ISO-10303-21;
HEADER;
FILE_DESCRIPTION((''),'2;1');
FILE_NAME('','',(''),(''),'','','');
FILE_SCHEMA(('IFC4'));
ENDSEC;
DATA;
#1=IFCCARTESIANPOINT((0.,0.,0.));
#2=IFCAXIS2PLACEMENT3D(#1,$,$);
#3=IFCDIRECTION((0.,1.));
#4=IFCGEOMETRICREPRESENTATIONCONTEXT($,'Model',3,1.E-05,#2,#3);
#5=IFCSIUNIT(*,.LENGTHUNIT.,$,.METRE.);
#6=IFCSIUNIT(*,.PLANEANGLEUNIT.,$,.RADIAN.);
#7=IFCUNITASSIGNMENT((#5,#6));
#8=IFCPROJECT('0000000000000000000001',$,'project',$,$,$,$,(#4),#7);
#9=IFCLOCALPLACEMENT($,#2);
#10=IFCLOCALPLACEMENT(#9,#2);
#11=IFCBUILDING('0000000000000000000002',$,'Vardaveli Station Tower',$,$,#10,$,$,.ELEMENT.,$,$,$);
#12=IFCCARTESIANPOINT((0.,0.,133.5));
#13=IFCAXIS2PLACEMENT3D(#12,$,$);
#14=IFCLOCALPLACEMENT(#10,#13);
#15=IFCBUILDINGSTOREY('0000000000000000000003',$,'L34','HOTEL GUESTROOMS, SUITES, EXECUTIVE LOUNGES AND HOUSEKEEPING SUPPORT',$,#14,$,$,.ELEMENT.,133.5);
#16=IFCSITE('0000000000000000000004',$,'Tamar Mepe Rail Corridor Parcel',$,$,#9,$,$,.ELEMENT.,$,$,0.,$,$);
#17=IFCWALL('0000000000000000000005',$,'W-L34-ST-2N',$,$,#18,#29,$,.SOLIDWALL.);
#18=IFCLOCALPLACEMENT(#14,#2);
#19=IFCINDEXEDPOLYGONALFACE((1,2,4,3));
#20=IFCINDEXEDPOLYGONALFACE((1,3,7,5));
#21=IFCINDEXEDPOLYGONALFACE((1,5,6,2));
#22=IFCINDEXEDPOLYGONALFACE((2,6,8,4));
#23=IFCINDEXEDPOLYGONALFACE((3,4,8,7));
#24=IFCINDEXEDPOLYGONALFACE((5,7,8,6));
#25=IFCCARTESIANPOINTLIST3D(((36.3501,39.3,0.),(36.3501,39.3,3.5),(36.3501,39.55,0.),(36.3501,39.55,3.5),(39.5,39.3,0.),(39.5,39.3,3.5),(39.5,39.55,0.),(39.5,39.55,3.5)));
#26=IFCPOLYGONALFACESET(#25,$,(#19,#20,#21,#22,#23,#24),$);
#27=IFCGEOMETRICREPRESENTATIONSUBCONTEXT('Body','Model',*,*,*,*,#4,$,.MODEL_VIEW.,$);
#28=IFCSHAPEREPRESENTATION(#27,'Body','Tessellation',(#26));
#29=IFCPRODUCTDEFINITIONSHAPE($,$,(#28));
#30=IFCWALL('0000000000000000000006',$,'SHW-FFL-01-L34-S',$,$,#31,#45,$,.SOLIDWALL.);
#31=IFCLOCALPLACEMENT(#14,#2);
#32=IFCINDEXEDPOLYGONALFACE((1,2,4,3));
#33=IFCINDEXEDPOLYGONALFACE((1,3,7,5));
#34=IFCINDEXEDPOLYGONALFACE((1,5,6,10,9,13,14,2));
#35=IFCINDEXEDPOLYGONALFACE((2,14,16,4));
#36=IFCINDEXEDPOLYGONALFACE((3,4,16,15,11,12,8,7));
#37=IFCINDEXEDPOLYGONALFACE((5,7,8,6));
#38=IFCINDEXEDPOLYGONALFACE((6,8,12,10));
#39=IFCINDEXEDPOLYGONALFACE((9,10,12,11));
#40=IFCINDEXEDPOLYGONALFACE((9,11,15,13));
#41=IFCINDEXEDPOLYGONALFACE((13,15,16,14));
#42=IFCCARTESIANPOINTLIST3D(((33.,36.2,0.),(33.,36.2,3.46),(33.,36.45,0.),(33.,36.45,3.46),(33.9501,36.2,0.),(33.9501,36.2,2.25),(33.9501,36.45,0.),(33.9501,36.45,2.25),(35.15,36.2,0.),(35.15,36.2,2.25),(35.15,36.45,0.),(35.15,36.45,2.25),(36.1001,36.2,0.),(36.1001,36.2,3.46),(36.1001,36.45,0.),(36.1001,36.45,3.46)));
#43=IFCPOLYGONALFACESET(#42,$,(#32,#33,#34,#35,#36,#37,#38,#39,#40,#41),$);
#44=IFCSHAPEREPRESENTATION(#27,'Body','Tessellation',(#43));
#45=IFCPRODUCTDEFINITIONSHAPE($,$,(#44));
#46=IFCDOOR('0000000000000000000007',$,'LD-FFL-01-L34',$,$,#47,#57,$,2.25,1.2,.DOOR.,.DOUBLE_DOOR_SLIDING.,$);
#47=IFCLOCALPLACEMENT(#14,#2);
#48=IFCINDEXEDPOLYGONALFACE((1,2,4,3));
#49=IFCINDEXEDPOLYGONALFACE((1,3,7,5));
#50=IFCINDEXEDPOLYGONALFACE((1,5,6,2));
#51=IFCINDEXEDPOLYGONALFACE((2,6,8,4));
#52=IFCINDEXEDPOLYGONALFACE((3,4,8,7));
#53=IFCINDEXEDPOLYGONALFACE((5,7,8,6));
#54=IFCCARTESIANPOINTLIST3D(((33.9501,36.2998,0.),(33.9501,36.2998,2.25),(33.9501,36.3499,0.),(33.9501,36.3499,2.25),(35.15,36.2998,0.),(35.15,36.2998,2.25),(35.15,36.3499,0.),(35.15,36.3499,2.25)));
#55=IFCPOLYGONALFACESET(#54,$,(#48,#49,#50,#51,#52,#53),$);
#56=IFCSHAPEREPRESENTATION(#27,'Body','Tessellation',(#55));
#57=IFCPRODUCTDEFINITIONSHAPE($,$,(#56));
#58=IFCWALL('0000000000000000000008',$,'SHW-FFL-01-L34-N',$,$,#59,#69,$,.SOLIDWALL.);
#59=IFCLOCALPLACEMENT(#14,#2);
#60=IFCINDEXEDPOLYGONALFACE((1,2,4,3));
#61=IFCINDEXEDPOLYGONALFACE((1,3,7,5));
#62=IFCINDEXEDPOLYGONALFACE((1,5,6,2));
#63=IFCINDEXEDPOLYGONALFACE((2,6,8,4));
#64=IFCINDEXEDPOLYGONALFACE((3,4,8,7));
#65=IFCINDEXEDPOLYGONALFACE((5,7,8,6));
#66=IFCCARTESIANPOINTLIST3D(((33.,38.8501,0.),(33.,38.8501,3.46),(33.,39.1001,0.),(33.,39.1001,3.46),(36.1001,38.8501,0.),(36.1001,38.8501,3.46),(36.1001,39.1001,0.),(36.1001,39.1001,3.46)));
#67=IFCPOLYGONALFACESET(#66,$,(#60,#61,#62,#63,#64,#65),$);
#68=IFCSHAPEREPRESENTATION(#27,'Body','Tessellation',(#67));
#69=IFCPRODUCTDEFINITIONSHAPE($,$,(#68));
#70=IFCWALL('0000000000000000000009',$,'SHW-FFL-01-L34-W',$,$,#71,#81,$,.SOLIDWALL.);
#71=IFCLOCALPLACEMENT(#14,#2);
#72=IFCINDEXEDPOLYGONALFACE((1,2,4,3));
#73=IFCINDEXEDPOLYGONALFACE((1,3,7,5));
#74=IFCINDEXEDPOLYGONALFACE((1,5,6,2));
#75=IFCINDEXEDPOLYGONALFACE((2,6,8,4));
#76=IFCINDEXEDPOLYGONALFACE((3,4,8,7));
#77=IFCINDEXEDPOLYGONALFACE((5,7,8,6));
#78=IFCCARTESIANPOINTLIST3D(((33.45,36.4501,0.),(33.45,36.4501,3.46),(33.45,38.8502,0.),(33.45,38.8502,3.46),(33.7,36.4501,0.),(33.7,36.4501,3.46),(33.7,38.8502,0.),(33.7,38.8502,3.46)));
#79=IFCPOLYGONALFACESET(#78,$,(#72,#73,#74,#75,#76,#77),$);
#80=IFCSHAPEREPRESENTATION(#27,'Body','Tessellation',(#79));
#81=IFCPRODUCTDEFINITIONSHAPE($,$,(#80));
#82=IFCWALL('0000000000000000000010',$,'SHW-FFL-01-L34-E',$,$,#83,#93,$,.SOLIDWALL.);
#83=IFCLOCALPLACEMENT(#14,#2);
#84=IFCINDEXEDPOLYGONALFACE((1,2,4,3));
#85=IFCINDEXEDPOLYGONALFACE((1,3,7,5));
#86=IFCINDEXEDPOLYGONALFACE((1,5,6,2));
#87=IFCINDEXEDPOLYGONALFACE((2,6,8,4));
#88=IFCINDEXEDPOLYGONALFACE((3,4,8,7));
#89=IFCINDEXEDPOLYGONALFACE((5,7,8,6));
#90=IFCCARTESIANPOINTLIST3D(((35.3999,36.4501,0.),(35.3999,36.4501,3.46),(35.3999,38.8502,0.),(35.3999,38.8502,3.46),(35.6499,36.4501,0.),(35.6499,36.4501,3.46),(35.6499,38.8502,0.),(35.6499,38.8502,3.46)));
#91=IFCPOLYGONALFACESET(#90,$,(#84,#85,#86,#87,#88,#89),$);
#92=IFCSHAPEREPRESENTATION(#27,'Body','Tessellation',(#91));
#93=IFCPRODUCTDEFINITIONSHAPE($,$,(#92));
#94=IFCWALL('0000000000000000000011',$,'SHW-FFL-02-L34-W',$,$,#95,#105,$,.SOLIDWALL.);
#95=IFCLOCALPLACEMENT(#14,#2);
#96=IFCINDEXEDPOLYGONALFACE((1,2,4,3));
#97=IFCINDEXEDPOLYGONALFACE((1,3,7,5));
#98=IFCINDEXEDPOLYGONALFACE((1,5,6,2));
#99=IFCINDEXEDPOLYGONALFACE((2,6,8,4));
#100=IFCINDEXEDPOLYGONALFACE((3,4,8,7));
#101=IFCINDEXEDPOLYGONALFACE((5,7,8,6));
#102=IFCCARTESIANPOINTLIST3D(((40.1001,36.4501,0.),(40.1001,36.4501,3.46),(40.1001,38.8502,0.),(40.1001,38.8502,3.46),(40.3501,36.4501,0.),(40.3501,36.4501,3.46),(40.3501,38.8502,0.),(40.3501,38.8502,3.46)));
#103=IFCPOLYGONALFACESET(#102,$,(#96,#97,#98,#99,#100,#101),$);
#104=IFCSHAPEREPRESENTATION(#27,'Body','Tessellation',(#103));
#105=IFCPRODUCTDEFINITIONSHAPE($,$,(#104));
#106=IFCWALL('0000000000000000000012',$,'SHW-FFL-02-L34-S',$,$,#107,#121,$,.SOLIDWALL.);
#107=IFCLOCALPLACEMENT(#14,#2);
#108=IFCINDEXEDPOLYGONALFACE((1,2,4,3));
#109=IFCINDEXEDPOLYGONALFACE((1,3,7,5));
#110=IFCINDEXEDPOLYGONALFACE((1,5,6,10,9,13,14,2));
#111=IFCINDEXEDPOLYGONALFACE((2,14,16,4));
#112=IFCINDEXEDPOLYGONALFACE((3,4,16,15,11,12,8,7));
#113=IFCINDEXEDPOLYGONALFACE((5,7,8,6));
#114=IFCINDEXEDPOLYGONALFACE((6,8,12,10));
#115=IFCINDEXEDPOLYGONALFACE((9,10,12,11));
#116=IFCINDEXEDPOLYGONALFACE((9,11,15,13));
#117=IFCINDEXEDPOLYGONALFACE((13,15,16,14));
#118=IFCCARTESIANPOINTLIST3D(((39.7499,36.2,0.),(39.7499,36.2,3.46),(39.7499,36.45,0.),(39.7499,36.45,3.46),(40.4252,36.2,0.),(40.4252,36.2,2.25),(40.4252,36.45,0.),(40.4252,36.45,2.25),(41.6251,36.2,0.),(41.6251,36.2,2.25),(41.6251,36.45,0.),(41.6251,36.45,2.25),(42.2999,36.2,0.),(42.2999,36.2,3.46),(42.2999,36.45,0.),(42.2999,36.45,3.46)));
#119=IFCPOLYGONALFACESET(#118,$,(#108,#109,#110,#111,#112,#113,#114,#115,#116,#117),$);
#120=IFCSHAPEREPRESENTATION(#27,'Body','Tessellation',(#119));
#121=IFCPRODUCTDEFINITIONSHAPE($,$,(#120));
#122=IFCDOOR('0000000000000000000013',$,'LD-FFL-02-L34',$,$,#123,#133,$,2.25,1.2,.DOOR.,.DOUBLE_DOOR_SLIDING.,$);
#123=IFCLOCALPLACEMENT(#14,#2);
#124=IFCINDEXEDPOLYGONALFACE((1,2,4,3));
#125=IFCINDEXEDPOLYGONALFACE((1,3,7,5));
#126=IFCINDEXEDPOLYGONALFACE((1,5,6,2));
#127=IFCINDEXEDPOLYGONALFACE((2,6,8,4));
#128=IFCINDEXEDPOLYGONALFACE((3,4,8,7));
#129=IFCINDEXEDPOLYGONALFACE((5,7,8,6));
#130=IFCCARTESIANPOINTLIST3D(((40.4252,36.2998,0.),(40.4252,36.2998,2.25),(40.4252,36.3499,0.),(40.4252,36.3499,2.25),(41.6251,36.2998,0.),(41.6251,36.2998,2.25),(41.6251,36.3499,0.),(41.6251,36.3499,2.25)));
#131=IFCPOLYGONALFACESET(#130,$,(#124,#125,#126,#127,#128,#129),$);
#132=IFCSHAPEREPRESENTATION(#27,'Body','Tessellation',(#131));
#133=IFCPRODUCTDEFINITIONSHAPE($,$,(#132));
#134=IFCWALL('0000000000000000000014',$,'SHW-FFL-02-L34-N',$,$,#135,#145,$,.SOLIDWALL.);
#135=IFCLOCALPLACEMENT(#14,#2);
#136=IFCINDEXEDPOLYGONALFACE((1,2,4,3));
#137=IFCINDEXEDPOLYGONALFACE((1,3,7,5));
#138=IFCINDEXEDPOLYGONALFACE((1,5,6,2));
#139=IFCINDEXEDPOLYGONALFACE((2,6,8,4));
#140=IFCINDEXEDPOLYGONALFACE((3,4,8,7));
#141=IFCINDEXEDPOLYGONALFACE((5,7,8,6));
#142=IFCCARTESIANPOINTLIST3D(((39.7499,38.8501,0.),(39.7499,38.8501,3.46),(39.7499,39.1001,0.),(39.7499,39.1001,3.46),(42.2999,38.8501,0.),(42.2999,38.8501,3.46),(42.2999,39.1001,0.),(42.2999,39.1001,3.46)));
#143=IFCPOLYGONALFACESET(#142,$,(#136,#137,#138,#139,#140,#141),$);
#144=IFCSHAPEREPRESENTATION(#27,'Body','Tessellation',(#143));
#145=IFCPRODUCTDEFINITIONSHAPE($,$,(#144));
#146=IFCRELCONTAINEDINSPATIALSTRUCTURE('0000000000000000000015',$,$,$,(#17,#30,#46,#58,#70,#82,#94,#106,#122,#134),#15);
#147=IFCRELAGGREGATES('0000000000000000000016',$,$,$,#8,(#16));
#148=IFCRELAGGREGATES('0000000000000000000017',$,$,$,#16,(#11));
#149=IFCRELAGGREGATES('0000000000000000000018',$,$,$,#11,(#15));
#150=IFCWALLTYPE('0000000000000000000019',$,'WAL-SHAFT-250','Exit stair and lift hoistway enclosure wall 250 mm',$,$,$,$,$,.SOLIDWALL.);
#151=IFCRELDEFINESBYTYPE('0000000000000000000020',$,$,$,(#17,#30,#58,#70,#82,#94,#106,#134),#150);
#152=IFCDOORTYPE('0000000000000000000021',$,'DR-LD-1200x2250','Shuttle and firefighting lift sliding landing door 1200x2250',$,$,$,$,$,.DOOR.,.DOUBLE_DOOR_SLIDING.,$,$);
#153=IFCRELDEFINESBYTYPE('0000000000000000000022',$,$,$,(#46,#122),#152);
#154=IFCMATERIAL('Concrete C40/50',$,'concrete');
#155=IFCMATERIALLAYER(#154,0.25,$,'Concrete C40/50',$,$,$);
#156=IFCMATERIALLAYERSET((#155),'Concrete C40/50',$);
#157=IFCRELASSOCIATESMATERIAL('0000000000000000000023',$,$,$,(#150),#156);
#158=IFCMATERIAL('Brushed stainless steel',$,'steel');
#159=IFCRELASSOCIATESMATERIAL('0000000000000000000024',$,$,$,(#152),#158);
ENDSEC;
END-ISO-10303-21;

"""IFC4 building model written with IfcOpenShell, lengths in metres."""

from ifc_helpers import new_model, si_unit, direction, frame, frame_2d, origin, place, context, subcontext, project, spatial, rectangle, extrude, source, transform, mapped, material, layer, layer_set, type_object, element, fill, save


model = new_model("IFC4")

# Units and contexts
model_context = context("Model", 3, precision=1e-05, world=origin(), true_north=direction((0.0, 1.0)))
body_context = subcontext(model_context, "Body", "Model", "MODEL_VIEW")
ifc_project = project(units=[si_unit("LENGTHUNIT", "METRE"), si_unit("PLANEANGLEUNIT", "RADIAN")], contexts=[model_context])

# Site, building, storey
site_placement = place(None, origin())
site = spatial("IfcSite", under=ifc_project, at=site_placement, Name="Tamar Mepe Rail Corridor Parcel", CompositionType="ELEMENT", RefElevation=0.0)
building_placement = place(site_placement, origin())
building = spatial("IfcBuilding", under=site, at=building_placement, Name="Vardaveli Station Tower", CompositionType="ELEMENT")
storey_placement = place(building_placement, frame((0.0, 0.0, 133.5)))
storey = spatial("IfcBuildingStorey", under=building, at=storey_placement, Name="L34", Description="HOTEL GUESTROOMS, SUITES, EXECUTIVE LOUNGES AND HOUSEKEEPING SUPPORT", CompositionType="ELEMENT", Elevation=133.5)

# Wall
ifc_material_1 = material(Name="Concrete C40/50", Category="concrete")
ifc_layer_1 = layer(ifc_material_1, 0.25, Name="Concrete C40/50")
ifc_layer_set_1 = layer_set([ifc_layer_1], Name="Concrete C40/50")
wall_type = type_object("IfcWallType", Name="WAL-SHAFT-250", Description="Exit stair and lift hoistway enclosure wall 250 mm", PredefinedType="SOLIDWALL", material=ifc_layer_set_1)
shared_shape_1 = source(origin(), body_context, "Body", "SweptSolid", [
    extrude(rectangle(XDim=3.1499, YDim=0.25, at=frame_2d((1.575, 0.0))), origin(), (0.0, 0.0, 1.0), 3.5),
])
wall_1_placement = place(storey_placement, frame((36.3501, 39.425, 0.0), z_axis=(0.0, 0.0, 1.0), x_axis=(1.0, 0.0, 0.0)))
element("IfcWall", 1, at=wall_1_placement, inside=storey, type_object=wall_type, Name="W-L34-ST-2N", PredefinedType="SOLIDWALL", context=body_context, shape_type="MappedRepresentation", body=[
    mapped(shared_shape_1, transform((0.0, 0.0, 0.0), scale=1.0)),
])

# Wall, opening, door
shared_shape_2 = source(origin(), body_context, "Body", "SweptSolid", [
    extrude(rectangle(XDim=3.1001, YDim=0.25, at=frame_2d((1.55, 0.0))), origin(), (0.0, 0.0, 1.0), 3.46),
])
wall_2_placement = place(storey_placement, frame((33.0, 36.325, 0.0), z_axis=(0.0, 0.0, 1.0), x_axis=(1.0, 0.0, 0.0)))
wall_2 = element("IfcWall", 2, at=wall_2_placement, inside=storey, type_object=wall_type, Name="SHW-FFL-01-L34-S", PredefinedType="SOLIDWALL", context=body_context, shape_type="MappedRepresentation", body=[
    mapped(shared_shape_2, transform((0.0, 0.0, 0.0), scale=1.0)),
])
shared_shape_3 = source(origin(), body_context, "Body", "SweptSolid", [
    extrude(rectangle(XDim=1.2, YDim=2.25, at=frame_2d((0.6001, 1.125))), frame((0.0, 0.135, 0.0), z_axis=(0.0, -1.0, 0.0), x_axis=(1.0, 0.0, 0.0)), (0.0, 0.0, 1.0), 0.27),
])
opening_1_placement = place(wall_2_placement, frame((0.95, 0.0, 0.0)))
opening_1 = element("IfcOpeningElement", 3, at=opening_1_placement, cuts=wall_2, PredefinedType="OPENING", context=body_context, shape_type="MappedRepresentation", body=[
    mapped(shared_shape_3, transform((0.0, 0.0, 0.0), scale=1.0)),
])
ifc_material_2 = material(Name="Brushed stainless steel", Category="steel")
door_type = type_object("IfcDoorType", Name="DR-LD-1200x2250", Description="Shuttle and firefighting lift sliding landing door 1200x2250", OperationType="DOUBLE_DOOR_SLIDING", PredefinedType="DOOR", material=ifc_material_2)
shared_shape_4 = source(origin(), body_context, "Body", "SweptSolid", [
    extrude(rectangle(XDim=1.2, YDim=2.25, at=frame_2d((0.6001, 1.125))), frame((0.0, 0.0249, 0.0), z_axis=(0.0, -1.0, 0.0), x_axis=(1.0, 0.0, 0.0)), (0.0, 0.0, 1.0), 0.05),
])
door_1_placement = place(opening_1_placement, origin())
door_1 = element("IfcDoor", 4, at=door_1_placement, inside=storey, type_object=door_type, Name="LD-FFL-01-L34", OperationType="DOUBLE_DOOR_SLIDING", OverallHeight=2.25, OverallWidth=1.2, PredefinedType="DOOR", context=body_context, shape_type="MappedRepresentation", body=[
    mapped(shared_shape_4, transform((0.0, 0.0, 0.0), scale=1.0)),
])
fill(opening_1, door_1)

# Walls
wall_3_placement = place(storey_placement, frame((33.0, 38.9751, 0.0), z_axis=(0.0, 0.0, 1.0), x_axis=(1.0, 0.0, 0.0)))
element("IfcWall", 5, at=wall_3_placement, inside=storey, type_object=wall_type, Name="SHW-FFL-01-L34-N", PredefinedType="SOLIDWALL", context=body_context, shape_type="MappedRepresentation", body=[
    mapped(shared_shape_2, transform((0.0, 0.0, 0.0), scale=1.0)),
])
shared_shape_5 = source(origin(), body_context, "Body", "SweptSolid", [
    extrude(rectangle(XDim=2.4001, YDim=0.25, at=frame_2d((1.2002, 0.0))), origin(), (0.0, 0.0, 1.0), 3.46),
])
for number, where, z_axis, x_axis, name in (
    (6, (33.575, 36.45, 0.0), (0.0, 0.0, 1.0), (0.0, 1.0, 0.0), "SHW-FFL-01-L34-W"),
    (7, (35.5249, 36.45, 0.0), (0.0, 0.0, 1.0), (0.0, 1.0, 0.0), "SHW-FFL-01-L34-E"),
    (8, (40.2251, 36.45, 0.0), (0.0, 0.0, 1.0), (0.0, 1.0, 0.0), "SHW-FFL-02-L34-W"),
):
    element("IfcWall", number, at=place(storey_placement, frame(where, z_axis=z_axis, x_axis=x_axis)), inside=storey, type_object=wall_type, Name=name, PredefinedType="SOLIDWALL", context=body_context, shape_type="MappedRepresentation", body=[
        mapped(shared_shape_5, transform((0.0, 0.0, 0.0), scale=1.0)),
    ])

# Wall, opening, door
shared_shape_6 = source(origin(), body_context, "Body", "SweptSolid", [
    extrude(rectangle(XDim=2.55, YDim=0.25, at=frame_2d((1.2749, 0.0))), origin(), (0.0, 0.0, 1.0), 3.46),
])
wall_4_placement = place(storey_placement, frame((39.75, 36.325, 0.0), z_axis=(0.0, 0.0, 1.0), x_axis=(1.0, 0.0, 0.0)))
wall_4 = element("IfcWall", 9, at=wall_4_placement, inside=storey, type_object=wall_type, Name="SHW-FFL-02-L34-S", PredefinedType="SOLIDWALL", context=body_context, shape_type="MappedRepresentation", body=[
    mapped(shared_shape_6, transform((0.0, 0.0, 0.0), scale=1.0)),
])
opening_2_placement = place(wall_4_placement, frame((0.675, 0.0, 0.0)))
opening_2 = element("IfcOpeningElement", 10, at=opening_2_placement, cuts=wall_4, PredefinedType="OPENING", context=body_context, shape_type="MappedRepresentation", body=[
    mapped(shared_shape_3, transform((0.0, 0.0, 0.0), scale=1.0)),
])
door_2_placement = place(opening_2_placement, origin())
door_2 = element("IfcDoor", 11, at=door_2_placement, inside=storey, type_object=door_type, Name="LD-FFL-02-L34", OperationType="DOUBLE_DOOR_SLIDING", OverallHeight=2.25, OverallWidth=1.2, PredefinedType="DOOR", context=body_context, shape_type="MappedRepresentation", body=[
    mapped(shared_shape_4, transform((0.0, 0.0, 0.0), scale=1.0)),
])
fill(opening_2, door_2)

# Wall
wall_5_placement = place(storey_placement, frame((39.75, 38.9751, 0.0), z_axis=(0.0, 0.0, 1.0), x_axis=(1.0, 0.0, 0.0)))
element("IfcWall", 12, at=wall_5_placement, inside=storey, type_object=wall_type, Name="SHW-FFL-02-L34-N", PredefinedType="SOLIDWALL", context=body_context, shape_type="MappedRepresentation", body=[
    mapped(shared_shape_6, transform((0.0, 0.0, 0.0), scale=1.0)),
])

save(model, "model.ifc")
